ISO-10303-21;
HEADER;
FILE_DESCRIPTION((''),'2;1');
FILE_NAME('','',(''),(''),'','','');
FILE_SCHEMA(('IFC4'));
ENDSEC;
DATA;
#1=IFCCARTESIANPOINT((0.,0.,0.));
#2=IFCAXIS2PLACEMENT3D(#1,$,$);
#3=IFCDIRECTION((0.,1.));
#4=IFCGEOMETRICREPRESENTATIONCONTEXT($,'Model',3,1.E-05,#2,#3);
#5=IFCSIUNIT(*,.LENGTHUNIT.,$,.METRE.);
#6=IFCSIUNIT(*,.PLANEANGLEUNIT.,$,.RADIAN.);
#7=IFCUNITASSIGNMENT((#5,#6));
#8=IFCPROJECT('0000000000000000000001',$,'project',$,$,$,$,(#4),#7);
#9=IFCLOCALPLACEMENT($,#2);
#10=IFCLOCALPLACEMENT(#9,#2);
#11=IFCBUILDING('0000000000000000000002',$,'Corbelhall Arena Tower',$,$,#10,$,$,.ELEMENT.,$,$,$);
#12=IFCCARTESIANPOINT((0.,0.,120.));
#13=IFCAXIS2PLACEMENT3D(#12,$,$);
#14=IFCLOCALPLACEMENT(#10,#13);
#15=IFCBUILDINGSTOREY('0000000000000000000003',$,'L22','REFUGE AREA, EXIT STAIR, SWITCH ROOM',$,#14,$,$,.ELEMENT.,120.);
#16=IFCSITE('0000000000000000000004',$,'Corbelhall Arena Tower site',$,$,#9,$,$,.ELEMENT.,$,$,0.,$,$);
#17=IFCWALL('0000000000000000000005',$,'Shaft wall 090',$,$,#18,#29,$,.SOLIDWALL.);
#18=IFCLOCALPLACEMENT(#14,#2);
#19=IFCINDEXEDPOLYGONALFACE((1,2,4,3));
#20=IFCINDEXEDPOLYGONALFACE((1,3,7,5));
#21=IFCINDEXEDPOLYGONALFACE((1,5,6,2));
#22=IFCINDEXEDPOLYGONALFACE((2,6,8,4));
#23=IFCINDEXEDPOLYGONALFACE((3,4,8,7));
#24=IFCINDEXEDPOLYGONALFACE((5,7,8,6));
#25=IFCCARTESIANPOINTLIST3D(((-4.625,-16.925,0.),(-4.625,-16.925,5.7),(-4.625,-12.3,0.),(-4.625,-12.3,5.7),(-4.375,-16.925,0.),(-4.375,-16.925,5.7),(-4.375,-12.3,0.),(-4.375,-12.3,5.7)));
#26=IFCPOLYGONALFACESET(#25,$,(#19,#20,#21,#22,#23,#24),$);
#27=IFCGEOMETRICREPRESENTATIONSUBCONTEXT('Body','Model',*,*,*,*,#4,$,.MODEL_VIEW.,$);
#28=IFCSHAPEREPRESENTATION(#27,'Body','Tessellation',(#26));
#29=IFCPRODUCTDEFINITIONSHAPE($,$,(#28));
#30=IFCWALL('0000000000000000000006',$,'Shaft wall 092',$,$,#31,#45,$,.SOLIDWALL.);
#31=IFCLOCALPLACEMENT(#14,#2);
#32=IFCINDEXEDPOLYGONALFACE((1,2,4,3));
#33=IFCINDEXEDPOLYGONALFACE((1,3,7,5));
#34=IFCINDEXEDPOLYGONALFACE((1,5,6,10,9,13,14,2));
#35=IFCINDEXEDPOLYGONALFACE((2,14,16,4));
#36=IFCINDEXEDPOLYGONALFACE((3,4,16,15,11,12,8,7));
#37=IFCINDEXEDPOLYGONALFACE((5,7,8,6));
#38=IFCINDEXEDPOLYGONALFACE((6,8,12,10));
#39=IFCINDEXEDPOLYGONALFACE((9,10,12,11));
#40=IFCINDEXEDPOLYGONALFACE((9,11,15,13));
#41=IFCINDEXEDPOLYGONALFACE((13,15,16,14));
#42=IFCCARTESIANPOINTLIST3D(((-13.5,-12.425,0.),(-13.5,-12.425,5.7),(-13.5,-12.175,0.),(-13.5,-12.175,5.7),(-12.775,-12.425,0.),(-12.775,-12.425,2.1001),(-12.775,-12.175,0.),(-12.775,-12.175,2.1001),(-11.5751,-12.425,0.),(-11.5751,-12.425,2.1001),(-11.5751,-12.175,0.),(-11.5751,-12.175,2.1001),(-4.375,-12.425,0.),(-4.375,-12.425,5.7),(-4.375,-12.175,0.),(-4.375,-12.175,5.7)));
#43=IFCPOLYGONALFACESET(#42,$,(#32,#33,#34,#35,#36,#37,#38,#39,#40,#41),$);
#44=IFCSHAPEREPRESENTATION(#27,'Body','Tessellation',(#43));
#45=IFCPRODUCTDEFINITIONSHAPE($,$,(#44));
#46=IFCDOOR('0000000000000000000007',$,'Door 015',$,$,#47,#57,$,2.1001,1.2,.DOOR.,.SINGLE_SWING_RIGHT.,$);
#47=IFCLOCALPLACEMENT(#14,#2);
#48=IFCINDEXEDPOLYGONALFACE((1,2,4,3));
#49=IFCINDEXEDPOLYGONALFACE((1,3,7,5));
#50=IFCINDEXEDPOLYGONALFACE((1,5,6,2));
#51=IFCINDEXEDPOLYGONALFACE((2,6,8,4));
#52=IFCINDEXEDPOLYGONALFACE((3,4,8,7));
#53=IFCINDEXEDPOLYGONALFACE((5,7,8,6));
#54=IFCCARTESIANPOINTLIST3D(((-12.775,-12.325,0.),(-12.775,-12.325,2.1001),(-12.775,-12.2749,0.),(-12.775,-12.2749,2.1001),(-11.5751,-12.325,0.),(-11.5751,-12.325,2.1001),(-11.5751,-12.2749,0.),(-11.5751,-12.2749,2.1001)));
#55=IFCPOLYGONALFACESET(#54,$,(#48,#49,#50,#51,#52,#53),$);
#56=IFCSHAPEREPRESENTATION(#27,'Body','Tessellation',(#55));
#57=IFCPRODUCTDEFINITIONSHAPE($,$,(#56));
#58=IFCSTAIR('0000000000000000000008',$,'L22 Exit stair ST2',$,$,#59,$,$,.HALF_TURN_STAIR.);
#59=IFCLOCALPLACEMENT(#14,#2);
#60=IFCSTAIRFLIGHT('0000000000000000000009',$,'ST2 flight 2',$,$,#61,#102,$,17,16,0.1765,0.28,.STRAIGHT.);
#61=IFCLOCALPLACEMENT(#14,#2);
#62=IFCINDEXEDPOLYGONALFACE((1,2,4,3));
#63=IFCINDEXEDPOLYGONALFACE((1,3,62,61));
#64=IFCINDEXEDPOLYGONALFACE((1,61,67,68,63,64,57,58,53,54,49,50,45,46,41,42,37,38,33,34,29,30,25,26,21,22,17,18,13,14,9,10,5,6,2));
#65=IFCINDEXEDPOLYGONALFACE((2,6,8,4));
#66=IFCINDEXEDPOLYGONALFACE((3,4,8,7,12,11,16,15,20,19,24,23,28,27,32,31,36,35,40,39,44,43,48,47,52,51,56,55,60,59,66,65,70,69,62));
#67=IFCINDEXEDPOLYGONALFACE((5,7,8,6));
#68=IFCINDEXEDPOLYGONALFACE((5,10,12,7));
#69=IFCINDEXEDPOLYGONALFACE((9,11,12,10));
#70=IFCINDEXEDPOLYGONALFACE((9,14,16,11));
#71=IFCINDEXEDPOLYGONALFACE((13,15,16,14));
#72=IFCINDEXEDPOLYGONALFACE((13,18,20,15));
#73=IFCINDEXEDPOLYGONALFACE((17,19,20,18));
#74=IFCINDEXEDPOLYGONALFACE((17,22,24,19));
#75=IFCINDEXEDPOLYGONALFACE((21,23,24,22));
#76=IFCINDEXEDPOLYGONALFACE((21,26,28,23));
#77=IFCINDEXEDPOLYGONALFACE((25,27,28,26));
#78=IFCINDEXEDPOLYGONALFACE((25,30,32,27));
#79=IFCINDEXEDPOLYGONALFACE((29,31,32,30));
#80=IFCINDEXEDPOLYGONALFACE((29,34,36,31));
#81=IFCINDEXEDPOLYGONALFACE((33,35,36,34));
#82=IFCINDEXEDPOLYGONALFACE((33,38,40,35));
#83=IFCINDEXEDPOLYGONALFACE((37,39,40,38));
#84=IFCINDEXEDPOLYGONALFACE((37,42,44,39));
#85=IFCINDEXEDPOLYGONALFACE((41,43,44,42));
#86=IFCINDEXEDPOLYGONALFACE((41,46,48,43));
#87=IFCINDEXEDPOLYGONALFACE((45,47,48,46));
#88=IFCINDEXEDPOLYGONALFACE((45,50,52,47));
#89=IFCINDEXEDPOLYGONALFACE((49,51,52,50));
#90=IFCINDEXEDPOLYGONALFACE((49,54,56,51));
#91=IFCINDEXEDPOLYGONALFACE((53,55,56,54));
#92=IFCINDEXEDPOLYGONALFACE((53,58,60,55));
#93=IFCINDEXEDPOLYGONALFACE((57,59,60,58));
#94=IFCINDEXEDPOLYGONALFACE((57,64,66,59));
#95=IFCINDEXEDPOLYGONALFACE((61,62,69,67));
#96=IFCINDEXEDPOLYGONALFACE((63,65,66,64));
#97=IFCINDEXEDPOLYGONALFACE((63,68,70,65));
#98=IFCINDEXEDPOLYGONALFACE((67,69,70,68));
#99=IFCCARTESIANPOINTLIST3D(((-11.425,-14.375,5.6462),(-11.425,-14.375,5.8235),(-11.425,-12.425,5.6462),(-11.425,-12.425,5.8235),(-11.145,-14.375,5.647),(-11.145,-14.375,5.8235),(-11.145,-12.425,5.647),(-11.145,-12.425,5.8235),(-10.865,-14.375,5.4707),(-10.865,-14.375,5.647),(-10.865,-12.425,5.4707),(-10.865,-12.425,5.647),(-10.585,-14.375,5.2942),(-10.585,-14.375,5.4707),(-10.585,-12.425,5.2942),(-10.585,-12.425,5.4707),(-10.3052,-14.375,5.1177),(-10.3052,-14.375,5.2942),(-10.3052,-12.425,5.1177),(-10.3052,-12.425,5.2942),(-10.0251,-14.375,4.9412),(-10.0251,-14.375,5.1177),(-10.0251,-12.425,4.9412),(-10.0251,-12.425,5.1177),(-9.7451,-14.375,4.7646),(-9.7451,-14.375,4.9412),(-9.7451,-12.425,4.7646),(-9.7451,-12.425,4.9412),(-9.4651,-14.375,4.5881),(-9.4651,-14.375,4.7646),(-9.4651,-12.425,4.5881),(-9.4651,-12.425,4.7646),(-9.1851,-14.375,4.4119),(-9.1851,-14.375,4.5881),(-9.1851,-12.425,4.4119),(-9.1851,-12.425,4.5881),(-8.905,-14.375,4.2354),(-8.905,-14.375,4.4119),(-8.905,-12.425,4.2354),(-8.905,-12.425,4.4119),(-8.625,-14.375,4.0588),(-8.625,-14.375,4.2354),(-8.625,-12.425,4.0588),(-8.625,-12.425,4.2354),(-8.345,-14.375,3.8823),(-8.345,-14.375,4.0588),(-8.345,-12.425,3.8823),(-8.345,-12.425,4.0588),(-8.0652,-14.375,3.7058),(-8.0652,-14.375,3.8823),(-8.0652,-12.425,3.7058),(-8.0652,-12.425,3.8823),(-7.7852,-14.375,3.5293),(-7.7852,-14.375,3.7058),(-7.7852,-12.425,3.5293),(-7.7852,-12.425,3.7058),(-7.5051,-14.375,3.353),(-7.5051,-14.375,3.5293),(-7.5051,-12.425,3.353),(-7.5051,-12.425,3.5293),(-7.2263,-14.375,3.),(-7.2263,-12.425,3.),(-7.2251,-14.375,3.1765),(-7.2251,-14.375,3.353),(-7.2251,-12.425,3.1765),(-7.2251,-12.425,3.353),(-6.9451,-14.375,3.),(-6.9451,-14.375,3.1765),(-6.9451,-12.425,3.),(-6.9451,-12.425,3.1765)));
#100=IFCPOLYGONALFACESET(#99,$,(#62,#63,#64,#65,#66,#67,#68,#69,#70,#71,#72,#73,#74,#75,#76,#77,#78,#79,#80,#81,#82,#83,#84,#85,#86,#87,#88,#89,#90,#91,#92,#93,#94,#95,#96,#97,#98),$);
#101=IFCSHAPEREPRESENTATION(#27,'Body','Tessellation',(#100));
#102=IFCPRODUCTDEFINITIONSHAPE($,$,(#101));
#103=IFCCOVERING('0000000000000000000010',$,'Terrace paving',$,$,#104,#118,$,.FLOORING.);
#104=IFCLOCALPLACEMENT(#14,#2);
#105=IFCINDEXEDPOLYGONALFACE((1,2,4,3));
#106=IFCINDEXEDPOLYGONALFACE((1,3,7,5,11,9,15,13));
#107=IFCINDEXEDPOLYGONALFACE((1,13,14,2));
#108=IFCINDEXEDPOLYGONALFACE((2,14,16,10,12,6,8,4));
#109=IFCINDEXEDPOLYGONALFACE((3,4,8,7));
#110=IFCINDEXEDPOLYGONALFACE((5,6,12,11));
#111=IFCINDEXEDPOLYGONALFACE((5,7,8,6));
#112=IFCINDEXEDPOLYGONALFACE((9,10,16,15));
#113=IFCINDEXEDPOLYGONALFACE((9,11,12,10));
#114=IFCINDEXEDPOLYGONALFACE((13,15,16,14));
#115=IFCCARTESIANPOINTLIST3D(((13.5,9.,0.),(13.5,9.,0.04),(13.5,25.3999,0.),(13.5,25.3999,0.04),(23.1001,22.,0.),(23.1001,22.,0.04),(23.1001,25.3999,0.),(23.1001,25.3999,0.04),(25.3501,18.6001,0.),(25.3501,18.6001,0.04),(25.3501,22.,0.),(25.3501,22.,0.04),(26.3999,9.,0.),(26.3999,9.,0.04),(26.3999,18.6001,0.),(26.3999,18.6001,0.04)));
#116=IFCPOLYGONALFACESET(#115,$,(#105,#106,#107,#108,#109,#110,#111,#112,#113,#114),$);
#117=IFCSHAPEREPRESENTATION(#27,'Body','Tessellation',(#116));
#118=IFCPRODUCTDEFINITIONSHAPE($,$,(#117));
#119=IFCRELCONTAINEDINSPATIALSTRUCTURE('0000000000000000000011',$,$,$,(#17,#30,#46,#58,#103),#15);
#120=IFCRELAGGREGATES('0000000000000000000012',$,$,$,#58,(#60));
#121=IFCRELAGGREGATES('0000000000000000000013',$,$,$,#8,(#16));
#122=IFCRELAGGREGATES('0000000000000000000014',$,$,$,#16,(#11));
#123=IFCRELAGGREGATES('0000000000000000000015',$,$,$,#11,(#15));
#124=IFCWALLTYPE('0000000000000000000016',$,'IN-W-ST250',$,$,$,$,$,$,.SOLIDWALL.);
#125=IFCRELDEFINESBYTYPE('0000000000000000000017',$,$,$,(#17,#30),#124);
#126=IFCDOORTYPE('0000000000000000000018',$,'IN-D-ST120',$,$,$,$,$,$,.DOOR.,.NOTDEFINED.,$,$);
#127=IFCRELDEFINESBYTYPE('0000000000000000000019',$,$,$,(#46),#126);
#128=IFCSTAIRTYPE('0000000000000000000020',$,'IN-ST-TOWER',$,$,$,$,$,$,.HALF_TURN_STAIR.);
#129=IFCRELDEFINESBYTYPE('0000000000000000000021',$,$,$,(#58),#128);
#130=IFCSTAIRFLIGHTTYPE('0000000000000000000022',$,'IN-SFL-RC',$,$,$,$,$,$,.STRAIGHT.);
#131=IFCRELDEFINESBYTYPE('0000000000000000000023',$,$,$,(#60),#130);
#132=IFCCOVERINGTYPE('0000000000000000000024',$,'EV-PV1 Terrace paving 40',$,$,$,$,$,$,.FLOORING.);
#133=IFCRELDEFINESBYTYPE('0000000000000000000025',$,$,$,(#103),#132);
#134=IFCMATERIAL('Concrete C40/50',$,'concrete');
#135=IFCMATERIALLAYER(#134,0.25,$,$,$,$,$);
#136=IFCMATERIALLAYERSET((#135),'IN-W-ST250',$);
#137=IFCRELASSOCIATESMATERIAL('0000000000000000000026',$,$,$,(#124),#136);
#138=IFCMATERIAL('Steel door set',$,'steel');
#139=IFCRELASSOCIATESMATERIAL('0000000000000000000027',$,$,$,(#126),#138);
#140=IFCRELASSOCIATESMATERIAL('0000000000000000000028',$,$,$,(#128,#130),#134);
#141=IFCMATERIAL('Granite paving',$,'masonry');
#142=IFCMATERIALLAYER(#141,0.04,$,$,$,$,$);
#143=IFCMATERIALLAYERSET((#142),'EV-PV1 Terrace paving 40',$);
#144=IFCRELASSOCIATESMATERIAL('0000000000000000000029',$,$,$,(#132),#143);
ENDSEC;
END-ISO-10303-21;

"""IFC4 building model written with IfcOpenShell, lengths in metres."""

from ifc_helpers import new_model, si_unit, direction, frame, frame_2d, origin, place, context, subcontext, project, spatial, polyline, rectangle, outline, extrude, material, layer, layer_set, type_object, element, fill, aggregate, save


model = new_model("IFC4")

# Units and contexts
model_context = context("Model", 3, precision=1e-05, world=origin(), true_north=direction((0.0, 1.0)))
body_context = subcontext(model_context, "Body", "Model", "MODEL_VIEW")
ifc_project = project(units=[si_unit("LENGTHUNIT", "METRE"), si_unit("PLANEANGLEUNIT", "RADIAN")], contexts=[model_context])

# Site, building, storey
site_placement = place(None, origin())
site = spatial("IfcSite", under=ifc_project, at=site_placement, Name="Corbelhall Arena Tower site", CompositionType="ELEMENT", RefElevation=0.0)
building_placement = place(site_placement, origin())
building = spatial("IfcBuilding", under=site, at=building_placement, Name="Corbelhall Arena Tower", CompositionType="ELEMENT")
storey_placement = place(building_placement, frame((0.0, 0.0, 120.0)))
storey = spatial("IfcBuildingStorey", under=building, at=storey_placement, Name="L22", Description="REFUGE AREA, EXIT STAIR, SWITCH ROOM", CompositionType="ELEMENT", Elevation=120.0)

# Shared definitions
ifc_material_1 = material(Name="Concrete C40/50", Category="concrete")

# Shared definitions
ifc_material_2 = material(Name="Steel door set", Category="steel")

# Wall
ifc_layer_1 = layer(ifc_material_1, 0.25)
ifc_layer_set_1 = layer_set([ifc_layer_1], Name="IN-W-ST250")
wall_type_1 = type_object("IfcWallType", Name="IN-W-ST250", PredefinedType="SOLIDWALL", material=ifc_layer_set_1)
wall_1_placement = place(storey_placement, frame((-4.5, -12.3, 0.0), z_axis=(0.0, 0.0, 1.0), x_axis=(0.0, -1.0, 0.0)))
element("IfcWall", 1, at=wall_1_placement, inside=storey, type_object=wall_type_1, Name="Shaft wall 090", PredefinedType="SOLIDWALL", context=body_context, shape_type="SweptSolid", body=[
    extrude(rectangle(XDim=4.625, YDim=0.25, at=frame_2d((2.3125, 0.0))), origin(), (0.0, 0.0, 1.0), 5.7),
])

# Wall, opening, door
wall_2_placement = place(storey_placement, frame((-4.375, -12.3, 0.0), z_axis=(0.0, 0.0, 1.0), x_axis=(-1.0, 0.0, 0.0)))
wall_2 = element("IfcWall", 2, at=wall_2_placement, inside=storey, type_object=wall_type_1, Name="Shaft wall 092", PredefinedType="SOLIDWALL", context=body_context, shape_type="SweptSolid", body=[
    extrude(rectangle(XDim=9.125, YDim=0.25, at=frame_2d((4.5625, 0.0))), origin(), (0.0, 0.0, 1.0), 5.7),
])
opening_1_placement = place(wall_2_placement, frame((7.2, 0.0, 0.0)))
opening_1 = element("IfcOpeningElement", 3, at=opening_1_placement, cuts=wall_2, PredefinedType="OPENING", context=body_context, shape_type="SweptSolid", body=[
    extrude(rectangle(XDim=1.2, YDim=2.1001, at=frame_2d((0.6001, 1.05))), frame((0.0, 0.125, 0.0), z_axis=(0.0, -1.0, 0.0), x_axis=(1.0, 0.0, 0.0)), (0.0, 0.0, 1.0), 0.25),
])
door_type_1 = type_object("IfcDoorType", Name="IN-D-ST120", OperationType="NOTDEFINED", PredefinedType="DOOR", material=ifc_material_2)
door_1_placement = place(opening_1_placement, origin())
door_1 = element("IfcDoor", 4, at=door_1_placement, inside=storey, type_object=door_type_1, Name="Door 015", OperationType="SINGLE_SWING_RIGHT", OverallHeight=2.1001, OverallWidth=1.2, PredefinedType="DOOR", context=body_context, shape_type="SweptSolid", body=[
    extrude(rectangle(XDim=1.2, YDim=2.1001, at=frame_2d((0.6001, 1.05))), frame((0.0, 0.0249, 0.0), z_axis=(0.0, -1.0, 0.0), x_axis=(1.0, 0.0, 0.0)), (0.0, 0.0, 1.0), 0.05),
])
fill(opening_1, door_1)

# Stair, stair flight
stair_type = type_object("IfcStairType", Name="IN-ST-TOWER", PredefinedType="HALF_TURN_STAIR", material=ifc_material_1)
stair_placement = place(storey_placement, origin())
stair = element("IfcStair", 5, at=stair_placement, inside=storey, type_object=stair_type, Name="L22 Exit stair ST2", PredefinedType="HALF_TURN_STAIR")
stair_flight_type = type_object("IfcStairFlightType", Name="IN-SFL-RC", PredefinedType="STRAIGHT", material=ifc_material_1)
stair_flight_placement = place(storey_placement, frame((-6.9451, -13.3999, 3.0), z_axis=(0.0, 0.0, 1.0), x_axis=(-1.0, 0.0, 0.0)))
stair_flight = element("IfcStairFlight", 6, at=stair_flight_placement, type_object=stair_flight_type, Name="ST2 flight 2", NumberOfRisers=17, NumberOfTreads=16, PredefinedType="STRAIGHT", RiserHeight=0.1765, TreadLength=0.28, context=body_context, shape_type="SweptSolid", body=[
    extrude(outline(polyline([(0.0, 0.0), (0.0, 0.1765), (0.28, 0.1765), (0.28, 0.353), (0.5601, 0.353), (0.5601, 0.5293), (0.8401, 0.5293), (0.8401, 0.7058), (1.1201, 0.7058), (1.1201, 0.8823), (1.3999, 0.8823), (1.3999, 1.0588), (1.6799, 1.0588), (1.6799, 1.2354), (1.96, 1.2354), (1.96, 1.4119), (2.24, 1.4119), (2.24, 1.5881), (2.52, 1.5881), (2.52, 1.7646), (2.8, 1.7646), (2.8, 1.9412), (3.0801, 1.9412), (3.0801, 2.1177), (3.3601, 2.1177), (3.3601, 2.2942), (3.6399, 2.2942), (3.6399, 2.4707), (3.9199, 2.4707), (3.9199, 2.647), (4.2, 2.647), (4.2, 2.8235), (4.48, 2.8235), (4.48, 3.0), (4.48, 2.6462), (0.2812, 0.0), (0.0, 0.0)])), frame((0.0, 0.9751, 0.0), z_axis=(0.0, -1.0, 0.0), x_axis=(1.0, 0.0, 0.0)), (0.0, 0.0, 1.0), 1.95),
])
aggregate(stair, [stair_flight])

# Covering
ifc_material_3 = material(Name="Granite paving", Category="masonry")
ifc_layer_2 = layer(ifc_material_3, 0.04)
ifc_layer_set_2 = layer_set([ifc_layer_2], Name="EV-PV1 Terrace paving 40")
covering_type = type_object("IfcCoveringType", Name="EV-PV1 Terrace paving 40", PredefinedType="FLOORING", material=ifc_layer_set_2)
covering_placement = place(storey_placement, origin())
element("IfcCovering", 7, at=covering_placement, inside=storey, type_object=covering_type, Name="Terrace paving", PredefinedType="FLOORING", context=body_context, shape_type="SweptSolid", body=[
    extrude(outline(polyline([(23.1001, 25.3999), (23.1001, 22.0), (25.3501, 22.0), (25.3501, 18.6001), (26.3999, 18.6001), (26.3999, 9.0), (13.5, 9.0), (13.5, 25.3999), (23.1001, 25.3999)])), origin(), (0.0, 0.0, 1.0), 0.04),
])

save(model, "model.ifc")
